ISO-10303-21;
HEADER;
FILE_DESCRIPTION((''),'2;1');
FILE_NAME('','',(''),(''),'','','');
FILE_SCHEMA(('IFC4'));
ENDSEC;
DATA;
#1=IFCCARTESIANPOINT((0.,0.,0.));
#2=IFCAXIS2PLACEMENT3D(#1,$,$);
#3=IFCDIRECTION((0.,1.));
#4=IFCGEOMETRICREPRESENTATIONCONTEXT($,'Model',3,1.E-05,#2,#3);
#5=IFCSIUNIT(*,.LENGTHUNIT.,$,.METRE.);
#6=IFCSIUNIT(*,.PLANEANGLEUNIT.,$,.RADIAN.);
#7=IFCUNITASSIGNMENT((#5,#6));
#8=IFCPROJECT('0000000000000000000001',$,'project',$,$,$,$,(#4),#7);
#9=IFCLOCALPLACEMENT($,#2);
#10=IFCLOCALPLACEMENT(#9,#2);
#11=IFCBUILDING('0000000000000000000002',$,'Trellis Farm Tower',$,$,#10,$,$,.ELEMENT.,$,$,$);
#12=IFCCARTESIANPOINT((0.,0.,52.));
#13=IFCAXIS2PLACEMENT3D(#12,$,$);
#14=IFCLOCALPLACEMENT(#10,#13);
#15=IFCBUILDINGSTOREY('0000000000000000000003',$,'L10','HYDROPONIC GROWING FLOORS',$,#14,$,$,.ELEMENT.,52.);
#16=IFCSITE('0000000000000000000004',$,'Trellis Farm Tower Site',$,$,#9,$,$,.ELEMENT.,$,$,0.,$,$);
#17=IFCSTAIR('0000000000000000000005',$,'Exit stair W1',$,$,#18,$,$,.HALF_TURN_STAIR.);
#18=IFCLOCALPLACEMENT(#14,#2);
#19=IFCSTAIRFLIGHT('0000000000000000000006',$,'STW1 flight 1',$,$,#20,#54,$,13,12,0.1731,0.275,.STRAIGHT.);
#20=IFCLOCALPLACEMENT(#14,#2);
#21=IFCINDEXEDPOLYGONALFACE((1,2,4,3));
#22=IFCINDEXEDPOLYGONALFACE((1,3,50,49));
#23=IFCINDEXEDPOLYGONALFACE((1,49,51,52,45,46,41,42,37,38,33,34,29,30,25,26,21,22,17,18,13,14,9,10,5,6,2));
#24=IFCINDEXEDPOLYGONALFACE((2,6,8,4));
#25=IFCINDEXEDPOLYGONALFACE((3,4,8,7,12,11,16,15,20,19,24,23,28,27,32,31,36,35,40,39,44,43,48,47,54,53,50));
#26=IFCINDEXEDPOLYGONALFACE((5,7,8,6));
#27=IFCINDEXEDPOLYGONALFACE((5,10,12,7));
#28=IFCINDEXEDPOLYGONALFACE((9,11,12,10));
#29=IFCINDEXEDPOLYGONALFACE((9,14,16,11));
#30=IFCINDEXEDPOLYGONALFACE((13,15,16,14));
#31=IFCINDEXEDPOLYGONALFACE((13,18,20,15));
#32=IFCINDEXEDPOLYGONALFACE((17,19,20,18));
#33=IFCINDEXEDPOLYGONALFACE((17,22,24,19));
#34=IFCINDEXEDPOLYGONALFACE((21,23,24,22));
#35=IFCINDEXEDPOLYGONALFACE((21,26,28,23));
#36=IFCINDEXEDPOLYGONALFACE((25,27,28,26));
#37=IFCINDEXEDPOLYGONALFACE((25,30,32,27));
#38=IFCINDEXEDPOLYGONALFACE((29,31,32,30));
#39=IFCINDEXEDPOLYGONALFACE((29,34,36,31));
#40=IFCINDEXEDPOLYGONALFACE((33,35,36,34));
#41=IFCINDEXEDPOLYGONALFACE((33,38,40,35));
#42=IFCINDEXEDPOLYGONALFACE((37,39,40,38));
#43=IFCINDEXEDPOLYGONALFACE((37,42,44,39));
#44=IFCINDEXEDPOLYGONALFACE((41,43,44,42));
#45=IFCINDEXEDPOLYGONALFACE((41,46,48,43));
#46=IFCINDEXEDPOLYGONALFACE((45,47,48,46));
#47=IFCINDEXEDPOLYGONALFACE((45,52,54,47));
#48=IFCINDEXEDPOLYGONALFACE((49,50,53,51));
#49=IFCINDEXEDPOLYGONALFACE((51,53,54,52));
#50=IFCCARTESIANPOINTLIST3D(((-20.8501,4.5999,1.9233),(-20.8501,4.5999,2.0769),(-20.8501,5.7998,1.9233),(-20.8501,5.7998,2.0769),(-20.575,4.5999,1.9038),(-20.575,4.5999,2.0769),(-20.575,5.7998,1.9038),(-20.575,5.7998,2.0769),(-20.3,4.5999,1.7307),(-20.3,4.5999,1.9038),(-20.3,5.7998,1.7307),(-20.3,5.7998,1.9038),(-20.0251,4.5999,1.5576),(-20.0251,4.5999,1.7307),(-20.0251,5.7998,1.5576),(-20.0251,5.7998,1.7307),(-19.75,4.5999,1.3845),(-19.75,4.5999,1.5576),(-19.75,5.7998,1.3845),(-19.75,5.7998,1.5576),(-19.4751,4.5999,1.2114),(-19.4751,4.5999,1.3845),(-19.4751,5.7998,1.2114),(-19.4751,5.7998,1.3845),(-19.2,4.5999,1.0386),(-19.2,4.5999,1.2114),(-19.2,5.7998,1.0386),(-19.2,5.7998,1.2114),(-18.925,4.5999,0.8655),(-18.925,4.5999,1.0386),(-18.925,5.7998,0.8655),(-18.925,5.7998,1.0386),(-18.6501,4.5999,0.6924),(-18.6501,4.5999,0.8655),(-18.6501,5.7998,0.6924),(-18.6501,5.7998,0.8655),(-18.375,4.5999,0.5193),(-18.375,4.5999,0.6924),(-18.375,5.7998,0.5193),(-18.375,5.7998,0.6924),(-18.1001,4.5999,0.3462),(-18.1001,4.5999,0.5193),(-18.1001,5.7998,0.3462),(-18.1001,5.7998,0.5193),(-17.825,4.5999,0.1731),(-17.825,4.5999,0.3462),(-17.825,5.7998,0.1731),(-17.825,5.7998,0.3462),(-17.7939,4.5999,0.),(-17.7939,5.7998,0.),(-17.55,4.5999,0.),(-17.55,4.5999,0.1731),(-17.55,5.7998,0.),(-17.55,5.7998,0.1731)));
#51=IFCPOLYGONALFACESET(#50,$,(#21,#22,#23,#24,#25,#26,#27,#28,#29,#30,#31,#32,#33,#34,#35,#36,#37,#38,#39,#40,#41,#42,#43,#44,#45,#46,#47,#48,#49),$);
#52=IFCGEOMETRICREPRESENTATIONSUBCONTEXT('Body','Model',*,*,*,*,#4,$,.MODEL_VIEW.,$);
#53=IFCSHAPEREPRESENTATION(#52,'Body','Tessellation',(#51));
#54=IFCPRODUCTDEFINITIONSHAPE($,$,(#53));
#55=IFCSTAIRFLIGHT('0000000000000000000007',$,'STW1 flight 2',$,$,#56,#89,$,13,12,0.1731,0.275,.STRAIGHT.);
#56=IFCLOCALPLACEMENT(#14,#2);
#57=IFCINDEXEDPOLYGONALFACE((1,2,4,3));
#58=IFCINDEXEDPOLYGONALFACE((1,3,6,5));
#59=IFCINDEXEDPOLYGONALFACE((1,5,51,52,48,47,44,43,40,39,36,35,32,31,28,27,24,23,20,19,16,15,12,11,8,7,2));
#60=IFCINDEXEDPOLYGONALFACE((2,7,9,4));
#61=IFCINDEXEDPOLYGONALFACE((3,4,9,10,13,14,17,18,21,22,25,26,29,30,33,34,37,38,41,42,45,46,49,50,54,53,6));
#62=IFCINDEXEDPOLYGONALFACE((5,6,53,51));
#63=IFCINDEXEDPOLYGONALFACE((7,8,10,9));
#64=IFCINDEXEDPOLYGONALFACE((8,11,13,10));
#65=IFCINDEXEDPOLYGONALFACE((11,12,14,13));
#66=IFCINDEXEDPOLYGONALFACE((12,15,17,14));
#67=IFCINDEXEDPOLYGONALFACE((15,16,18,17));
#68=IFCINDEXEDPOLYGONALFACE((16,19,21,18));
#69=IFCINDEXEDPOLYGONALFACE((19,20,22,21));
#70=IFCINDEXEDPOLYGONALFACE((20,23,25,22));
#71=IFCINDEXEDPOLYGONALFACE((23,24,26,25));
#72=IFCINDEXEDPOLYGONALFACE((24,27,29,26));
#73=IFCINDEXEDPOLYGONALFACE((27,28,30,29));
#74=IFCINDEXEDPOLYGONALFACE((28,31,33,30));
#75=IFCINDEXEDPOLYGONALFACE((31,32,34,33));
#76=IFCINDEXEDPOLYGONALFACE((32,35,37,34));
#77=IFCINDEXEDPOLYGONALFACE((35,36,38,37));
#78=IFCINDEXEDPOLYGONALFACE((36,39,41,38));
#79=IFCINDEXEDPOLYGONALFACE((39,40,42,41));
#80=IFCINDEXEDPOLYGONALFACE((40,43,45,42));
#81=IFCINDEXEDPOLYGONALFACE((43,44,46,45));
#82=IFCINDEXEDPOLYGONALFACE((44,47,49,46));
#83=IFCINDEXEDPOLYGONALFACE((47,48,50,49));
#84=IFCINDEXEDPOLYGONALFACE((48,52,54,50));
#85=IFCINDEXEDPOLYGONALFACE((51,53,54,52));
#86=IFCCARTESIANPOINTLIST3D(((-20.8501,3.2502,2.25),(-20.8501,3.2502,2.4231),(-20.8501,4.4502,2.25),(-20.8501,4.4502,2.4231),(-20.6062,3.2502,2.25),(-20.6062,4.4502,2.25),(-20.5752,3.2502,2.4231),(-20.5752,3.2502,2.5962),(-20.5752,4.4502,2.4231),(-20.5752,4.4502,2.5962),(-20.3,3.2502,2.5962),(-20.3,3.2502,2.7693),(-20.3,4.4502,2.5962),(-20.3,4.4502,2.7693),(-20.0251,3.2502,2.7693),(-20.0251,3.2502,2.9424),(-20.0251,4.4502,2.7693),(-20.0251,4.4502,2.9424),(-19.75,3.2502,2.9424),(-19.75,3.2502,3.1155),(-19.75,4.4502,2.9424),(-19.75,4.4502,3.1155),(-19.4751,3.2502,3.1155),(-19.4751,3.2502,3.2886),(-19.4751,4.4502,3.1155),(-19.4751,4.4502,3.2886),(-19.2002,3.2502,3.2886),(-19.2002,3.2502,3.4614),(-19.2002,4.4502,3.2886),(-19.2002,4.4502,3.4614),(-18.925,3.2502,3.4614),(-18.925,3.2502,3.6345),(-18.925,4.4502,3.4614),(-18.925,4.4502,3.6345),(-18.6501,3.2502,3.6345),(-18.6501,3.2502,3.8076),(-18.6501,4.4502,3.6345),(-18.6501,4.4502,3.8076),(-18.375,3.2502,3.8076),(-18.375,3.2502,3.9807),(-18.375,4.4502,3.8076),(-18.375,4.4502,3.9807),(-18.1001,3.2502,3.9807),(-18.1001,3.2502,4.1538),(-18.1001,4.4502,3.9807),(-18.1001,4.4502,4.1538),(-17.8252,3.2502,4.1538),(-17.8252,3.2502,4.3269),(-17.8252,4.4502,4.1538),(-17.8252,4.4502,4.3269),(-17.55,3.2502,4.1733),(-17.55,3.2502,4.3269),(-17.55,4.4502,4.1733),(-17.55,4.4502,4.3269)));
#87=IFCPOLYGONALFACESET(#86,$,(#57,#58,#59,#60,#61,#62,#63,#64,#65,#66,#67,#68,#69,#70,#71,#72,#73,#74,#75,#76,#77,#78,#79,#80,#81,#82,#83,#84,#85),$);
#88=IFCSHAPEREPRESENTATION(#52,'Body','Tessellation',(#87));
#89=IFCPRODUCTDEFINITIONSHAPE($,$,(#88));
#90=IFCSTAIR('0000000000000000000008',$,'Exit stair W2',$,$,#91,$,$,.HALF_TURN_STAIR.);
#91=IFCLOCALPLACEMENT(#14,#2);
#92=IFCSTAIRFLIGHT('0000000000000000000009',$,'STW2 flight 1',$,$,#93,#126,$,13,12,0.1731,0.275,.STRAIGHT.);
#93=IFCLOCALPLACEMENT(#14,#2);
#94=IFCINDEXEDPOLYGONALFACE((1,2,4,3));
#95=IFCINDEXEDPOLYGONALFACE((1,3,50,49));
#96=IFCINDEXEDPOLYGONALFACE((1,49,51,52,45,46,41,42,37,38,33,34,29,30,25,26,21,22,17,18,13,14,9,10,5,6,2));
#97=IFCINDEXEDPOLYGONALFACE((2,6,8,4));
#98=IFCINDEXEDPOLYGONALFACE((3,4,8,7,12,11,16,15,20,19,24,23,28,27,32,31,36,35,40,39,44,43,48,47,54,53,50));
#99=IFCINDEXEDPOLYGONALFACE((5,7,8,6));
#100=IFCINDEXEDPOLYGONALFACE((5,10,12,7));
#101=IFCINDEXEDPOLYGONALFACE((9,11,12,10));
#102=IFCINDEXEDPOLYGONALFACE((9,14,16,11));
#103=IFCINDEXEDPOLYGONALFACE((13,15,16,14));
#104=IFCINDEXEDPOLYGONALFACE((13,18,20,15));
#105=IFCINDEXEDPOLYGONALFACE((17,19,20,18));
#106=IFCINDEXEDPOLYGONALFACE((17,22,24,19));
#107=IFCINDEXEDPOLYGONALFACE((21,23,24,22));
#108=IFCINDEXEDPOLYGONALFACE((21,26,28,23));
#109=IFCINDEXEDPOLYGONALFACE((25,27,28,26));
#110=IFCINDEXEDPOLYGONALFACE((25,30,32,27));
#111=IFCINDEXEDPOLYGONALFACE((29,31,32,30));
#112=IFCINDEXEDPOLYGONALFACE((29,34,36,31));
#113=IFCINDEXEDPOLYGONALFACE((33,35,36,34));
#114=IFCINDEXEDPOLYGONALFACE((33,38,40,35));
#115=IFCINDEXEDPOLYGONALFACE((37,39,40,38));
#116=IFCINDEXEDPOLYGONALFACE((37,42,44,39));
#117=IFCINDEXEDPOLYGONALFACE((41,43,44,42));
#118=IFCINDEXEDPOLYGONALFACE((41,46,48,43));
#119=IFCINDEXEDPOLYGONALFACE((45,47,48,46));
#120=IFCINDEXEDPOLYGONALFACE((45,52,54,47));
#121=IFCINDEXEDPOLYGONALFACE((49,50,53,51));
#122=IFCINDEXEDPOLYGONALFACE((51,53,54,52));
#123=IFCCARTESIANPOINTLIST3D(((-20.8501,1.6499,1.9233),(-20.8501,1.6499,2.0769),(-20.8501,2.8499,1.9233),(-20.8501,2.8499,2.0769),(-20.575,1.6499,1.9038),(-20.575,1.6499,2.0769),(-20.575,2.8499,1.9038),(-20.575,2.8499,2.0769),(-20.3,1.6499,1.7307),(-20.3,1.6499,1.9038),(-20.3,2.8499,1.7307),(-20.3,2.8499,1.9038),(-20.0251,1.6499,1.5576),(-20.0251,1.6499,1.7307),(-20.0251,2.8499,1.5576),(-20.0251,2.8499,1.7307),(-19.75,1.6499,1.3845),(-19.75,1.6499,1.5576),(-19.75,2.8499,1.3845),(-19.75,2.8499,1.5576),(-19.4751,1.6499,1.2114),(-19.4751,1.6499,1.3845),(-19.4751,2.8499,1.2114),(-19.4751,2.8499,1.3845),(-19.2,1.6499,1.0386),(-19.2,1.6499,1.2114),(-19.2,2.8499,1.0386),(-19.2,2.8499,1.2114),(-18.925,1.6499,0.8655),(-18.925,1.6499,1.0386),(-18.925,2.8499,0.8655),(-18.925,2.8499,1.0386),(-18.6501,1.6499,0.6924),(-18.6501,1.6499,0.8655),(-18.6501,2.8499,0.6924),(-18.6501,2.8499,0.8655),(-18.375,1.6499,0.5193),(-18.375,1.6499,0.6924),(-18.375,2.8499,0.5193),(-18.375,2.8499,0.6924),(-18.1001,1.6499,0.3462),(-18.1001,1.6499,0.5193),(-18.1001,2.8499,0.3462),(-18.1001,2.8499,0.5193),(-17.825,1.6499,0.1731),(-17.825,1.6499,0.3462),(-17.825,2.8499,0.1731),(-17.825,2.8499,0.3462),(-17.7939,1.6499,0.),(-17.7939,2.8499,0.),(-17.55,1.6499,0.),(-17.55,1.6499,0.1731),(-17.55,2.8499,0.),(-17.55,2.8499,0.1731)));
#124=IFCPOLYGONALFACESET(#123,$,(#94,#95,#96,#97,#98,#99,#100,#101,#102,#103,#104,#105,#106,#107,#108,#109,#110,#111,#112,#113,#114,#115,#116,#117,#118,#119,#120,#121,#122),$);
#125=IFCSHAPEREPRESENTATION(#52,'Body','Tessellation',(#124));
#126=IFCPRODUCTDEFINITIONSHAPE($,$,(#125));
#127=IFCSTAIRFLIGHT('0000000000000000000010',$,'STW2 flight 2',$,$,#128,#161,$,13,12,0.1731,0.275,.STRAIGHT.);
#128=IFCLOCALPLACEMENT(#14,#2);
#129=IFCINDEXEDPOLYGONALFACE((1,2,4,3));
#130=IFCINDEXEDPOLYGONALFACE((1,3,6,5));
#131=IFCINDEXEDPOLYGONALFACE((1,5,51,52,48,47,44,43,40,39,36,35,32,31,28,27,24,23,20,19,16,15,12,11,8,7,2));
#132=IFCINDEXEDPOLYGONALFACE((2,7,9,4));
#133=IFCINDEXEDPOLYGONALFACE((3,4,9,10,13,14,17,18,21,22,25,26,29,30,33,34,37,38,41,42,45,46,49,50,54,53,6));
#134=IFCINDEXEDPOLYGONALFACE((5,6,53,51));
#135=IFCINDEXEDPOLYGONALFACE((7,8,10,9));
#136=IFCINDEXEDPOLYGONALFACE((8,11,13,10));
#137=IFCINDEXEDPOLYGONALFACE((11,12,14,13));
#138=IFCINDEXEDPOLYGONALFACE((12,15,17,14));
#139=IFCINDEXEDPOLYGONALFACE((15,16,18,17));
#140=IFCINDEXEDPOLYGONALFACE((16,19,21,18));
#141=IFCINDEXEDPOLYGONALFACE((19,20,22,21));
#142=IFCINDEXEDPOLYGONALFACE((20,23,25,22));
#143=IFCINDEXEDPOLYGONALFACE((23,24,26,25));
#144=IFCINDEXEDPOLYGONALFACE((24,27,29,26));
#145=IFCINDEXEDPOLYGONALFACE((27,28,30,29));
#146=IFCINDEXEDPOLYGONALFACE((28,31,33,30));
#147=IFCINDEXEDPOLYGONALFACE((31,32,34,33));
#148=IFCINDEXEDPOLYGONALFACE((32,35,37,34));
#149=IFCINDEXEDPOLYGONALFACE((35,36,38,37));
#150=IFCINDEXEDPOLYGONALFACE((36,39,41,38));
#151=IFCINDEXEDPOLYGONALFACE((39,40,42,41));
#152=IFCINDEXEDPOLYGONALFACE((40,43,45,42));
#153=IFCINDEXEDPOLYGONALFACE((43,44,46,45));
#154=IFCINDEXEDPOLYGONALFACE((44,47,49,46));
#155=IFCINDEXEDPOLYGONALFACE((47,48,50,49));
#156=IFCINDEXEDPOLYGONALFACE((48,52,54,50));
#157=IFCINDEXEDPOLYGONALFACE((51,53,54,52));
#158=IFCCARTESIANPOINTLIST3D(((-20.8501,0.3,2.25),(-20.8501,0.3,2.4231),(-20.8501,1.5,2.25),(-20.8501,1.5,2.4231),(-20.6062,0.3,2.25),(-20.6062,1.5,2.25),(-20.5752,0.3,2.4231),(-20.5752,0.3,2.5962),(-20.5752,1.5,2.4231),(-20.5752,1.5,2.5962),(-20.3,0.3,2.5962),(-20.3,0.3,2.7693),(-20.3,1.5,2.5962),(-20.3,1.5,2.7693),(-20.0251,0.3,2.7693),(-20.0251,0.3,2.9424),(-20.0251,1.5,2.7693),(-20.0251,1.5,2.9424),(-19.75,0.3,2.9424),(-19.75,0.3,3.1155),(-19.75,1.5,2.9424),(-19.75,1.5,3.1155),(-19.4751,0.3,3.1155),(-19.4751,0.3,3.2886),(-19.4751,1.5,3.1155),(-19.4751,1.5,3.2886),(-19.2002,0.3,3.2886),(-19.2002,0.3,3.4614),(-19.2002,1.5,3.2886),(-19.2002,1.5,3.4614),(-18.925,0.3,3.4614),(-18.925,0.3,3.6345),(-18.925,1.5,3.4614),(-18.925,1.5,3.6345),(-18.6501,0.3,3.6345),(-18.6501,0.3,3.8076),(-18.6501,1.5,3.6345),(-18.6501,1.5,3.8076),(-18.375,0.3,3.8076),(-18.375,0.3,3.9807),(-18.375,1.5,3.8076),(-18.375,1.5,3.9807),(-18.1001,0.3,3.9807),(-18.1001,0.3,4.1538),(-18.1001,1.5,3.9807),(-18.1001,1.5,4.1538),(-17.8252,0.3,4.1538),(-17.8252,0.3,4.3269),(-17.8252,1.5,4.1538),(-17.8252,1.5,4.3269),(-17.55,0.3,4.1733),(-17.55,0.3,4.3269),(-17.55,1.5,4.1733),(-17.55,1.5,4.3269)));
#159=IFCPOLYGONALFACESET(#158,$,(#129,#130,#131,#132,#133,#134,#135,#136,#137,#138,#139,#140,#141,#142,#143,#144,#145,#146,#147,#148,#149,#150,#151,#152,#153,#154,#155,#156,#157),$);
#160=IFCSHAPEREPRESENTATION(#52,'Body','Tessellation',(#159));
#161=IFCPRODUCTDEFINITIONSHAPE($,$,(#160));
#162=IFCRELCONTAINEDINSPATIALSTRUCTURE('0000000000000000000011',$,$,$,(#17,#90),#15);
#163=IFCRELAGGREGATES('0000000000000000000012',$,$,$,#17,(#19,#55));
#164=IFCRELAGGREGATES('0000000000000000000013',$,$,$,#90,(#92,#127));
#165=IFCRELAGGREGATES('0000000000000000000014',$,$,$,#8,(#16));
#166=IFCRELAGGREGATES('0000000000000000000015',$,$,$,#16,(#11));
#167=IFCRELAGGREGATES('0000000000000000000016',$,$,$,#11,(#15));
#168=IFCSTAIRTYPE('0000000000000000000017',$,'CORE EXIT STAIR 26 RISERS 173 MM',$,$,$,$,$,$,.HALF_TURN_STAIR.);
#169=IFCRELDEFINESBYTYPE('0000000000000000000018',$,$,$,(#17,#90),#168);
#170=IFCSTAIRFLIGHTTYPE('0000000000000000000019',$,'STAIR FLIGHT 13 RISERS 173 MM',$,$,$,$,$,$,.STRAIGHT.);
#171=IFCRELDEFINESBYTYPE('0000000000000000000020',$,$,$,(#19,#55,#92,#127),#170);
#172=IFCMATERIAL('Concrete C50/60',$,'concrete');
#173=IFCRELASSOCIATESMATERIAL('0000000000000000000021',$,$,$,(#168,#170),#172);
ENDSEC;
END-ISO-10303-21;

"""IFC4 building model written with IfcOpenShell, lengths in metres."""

from ifc_helpers import new_model, si_unit, direction, frame, origin, place, context, subcontext, project, spatial, polyline, outline, extrude, source, transform, mapped, material, type_object, element, aggregate, save


model = new_model("IFC4")

# Units and contexts
model_context = context("Model", 3, precision=1e-05, world=origin(), true_north=direction((0.0, 1.0)))
body_context = subcontext(model_context, "Body", "Model", "MODEL_VIEW")
ifc_project = project(units=[si_unit("LENGTHUNIT", "METRE"), si_unit("PLANEANGLEUNIT", "RADIAN")], contexts=[model_context])

# Site, building, storey
site_placement = place(None, origin())
site = spatial("IfcSite", under=ifc_project, at=site_placement, Name="Trellis Farm Tower Site", CompositionType="ELEMENT", RefElevation=0.0)
building_placement = place(site_placement, origin())
building = spatial("IfcBuilding", under=site, at=building_placement, Name="Trellis Farm Tower", CompositionType="ELEMENT")
storey_placement = place(building_placement, frame((0.0, 0.0, 52.0)))
storey = spatial("IfcBuildingStorey", under=building, at=storey_placement, Name="L10", Description="HYDROPONIC GROWING FLOORS", CompositionType="ELEMENT", Elevation=52.0)

# Shared definitions
placement = place(storey_placement, origin())

# Stairs, stair flights
ifc_material_1 = material(Name="Concrete C50/60", Category="concrete")
stair_type = type_object("IfcStairType", Name="CORE EXIT STAIR 26 RISERS 173 MM", PredefinedType="HALF_TURN_STAIR", material=ifc_material_1)
stair_1 = element("IfcStair", 1, at=placement, inside=storey, type_object=stair_type, Name="Exit stair W1", PredefinedType="HALF_TURN_STAIR")
stair_flight_type = type_object("IfcStairFlightType", Name="STAIR FLIGHT 13 RISERS 173 MM", PredefinedType="STRAIGHT", material=ifc_material_1)
shared_shape_1 = source(origin(), body_context, "Body", "SweptSolid", [
    extrude(outline(polyline([(0.0, 0.0), (0.0, 0.1731), (0.2749, 0.1731), (0.2749, 0.3462), (0.55, 0.3462), (0.55, 0.5193), (0.825, 0.5193), (0.825, 0.6924), (1.1001, 0.6924), (1.1001, 0.8655), (1.375, 0.8655), (1.375, 1.0386), (1.6499, 1.0386), (1.6499, 1.2114), (1.925, 1.2114), (1.925, 1.3845), (2.2, 1.3845), (2.2, 1.5576), (2.4751, 1.5576), (2.4751, 1.7307), (2.75, 1.7307), (2.75, 1.9038), (3.0249, 1.9038), (3.0249, 2.0769), (3.3, 2.0769), (3.3, 2.25), (3.3, 1.9233), (0.2439, 0.0), (0.0, 0.0)])), frame((0.0, 0.6001, 0.0), z_axis=(0.0, -1.0, 0.0), x_axis=(1.0, 0.0, 0.0)), (0.0, 0.0, 1.0), 1.2),
])
stair_flight_1_placement = place(storey_placement, frame((-17.55, 5.2, 0.0), z_axis=(0.0, 0.0, 1.0), x_axis=(-1.0, 0.0, 0.0)))
stair_flight_1 = element("IfcStairFlight", 2, at=stair_flight_1_placement, type_object=stair_flight_type, Name="STW1 flight 1", NumberOfRisers=13, NumberOfTreads=12, PredefinedType="STRAIGHT", RiserHeight=0.1731, TreadLength=0.275, context=body_context, shape_type="MappedRepresentation", body=[
    mapped(shared_shape_1, transform((0.0, 0.0, 0.0))),
])
stair_flight_2_placement = place(storey_placement, frame((-20.8501, 3.8501, 2.25), z_axis=(0.0, 0.0, 1.0), x_axis=(1.0, 0.0, 0.0)))
stair_flight_2 = element("IfcStairFlight", 3, at=stair_flight_2_placement, type_object=stair_flight_type, Name="STW1 flight 2", NumberOfRisers=13, NumberOfTreads=12, PredefinedType="STRAIGHT", RiserHeight=0.1731, TreadLength=0.275, context=body_context, shape_type="MappedRepresentation", body=[
    mapped(shared_shape_1, transform((0.0, 0.0, 0.0))),
])
aggregate(stair_1, [stair_flight_1, stair_flight_2])
stair_2 = element("IfcStair", 4, at=placement, inside=storey, type_object=stair_type, Name="Exit stair W2", PredefinedType="HALF_TURN_STAIR")
stair_flight_3_placement = place(storey_placement, frame((-17.55, 2.25, 0.0), z_axis=(0.0, 0.0, 1.0), x_axis=(-1.0, 0.0, 0.0)))
stair_flight_3 = element("IfcStairFlight", 5, at=stair_flight_3_placement, type_object=stair_flight_type, Name="STW2 flight 1", NumberOfRisers=13, NumberOfTreads=12, PredefinedType="STRAIGHT", RiserHeight=0.1731, TreadLength=0.275, context=body_context, shape_type="MappedRepresentation", body=[
    mapped(shared_shape_1, transform((0.0, 0.0, 0.0))),
])
stair_flight_4_placement = place(storey_placement, frame((-20.8501, 0.8999, 2.25), z_axis=(0.0, 0.0, 1.0), x_axis=(1.0, 0.0, 0.0)))
stair_flight_4 = element("IfcStairFlight", 6, at=stair_flight_4_placement, type_object=stair_flight_type, Name="STW2 flight 2", NumberOfRisers=13, NumberOfTreads=12, PredefinedType="STRAIGHT", RiserHeight=0.1731, TreadLength=0.275, context=body_context, shape_type="MappedRepresentation", body=[
    mapped(shared_shape_1, transform((0.0, 0.0, 0.0))),
])
aggregate(stair_2, [stair_flight_3, stair_flight_4])

save(model, "model.ifc")
